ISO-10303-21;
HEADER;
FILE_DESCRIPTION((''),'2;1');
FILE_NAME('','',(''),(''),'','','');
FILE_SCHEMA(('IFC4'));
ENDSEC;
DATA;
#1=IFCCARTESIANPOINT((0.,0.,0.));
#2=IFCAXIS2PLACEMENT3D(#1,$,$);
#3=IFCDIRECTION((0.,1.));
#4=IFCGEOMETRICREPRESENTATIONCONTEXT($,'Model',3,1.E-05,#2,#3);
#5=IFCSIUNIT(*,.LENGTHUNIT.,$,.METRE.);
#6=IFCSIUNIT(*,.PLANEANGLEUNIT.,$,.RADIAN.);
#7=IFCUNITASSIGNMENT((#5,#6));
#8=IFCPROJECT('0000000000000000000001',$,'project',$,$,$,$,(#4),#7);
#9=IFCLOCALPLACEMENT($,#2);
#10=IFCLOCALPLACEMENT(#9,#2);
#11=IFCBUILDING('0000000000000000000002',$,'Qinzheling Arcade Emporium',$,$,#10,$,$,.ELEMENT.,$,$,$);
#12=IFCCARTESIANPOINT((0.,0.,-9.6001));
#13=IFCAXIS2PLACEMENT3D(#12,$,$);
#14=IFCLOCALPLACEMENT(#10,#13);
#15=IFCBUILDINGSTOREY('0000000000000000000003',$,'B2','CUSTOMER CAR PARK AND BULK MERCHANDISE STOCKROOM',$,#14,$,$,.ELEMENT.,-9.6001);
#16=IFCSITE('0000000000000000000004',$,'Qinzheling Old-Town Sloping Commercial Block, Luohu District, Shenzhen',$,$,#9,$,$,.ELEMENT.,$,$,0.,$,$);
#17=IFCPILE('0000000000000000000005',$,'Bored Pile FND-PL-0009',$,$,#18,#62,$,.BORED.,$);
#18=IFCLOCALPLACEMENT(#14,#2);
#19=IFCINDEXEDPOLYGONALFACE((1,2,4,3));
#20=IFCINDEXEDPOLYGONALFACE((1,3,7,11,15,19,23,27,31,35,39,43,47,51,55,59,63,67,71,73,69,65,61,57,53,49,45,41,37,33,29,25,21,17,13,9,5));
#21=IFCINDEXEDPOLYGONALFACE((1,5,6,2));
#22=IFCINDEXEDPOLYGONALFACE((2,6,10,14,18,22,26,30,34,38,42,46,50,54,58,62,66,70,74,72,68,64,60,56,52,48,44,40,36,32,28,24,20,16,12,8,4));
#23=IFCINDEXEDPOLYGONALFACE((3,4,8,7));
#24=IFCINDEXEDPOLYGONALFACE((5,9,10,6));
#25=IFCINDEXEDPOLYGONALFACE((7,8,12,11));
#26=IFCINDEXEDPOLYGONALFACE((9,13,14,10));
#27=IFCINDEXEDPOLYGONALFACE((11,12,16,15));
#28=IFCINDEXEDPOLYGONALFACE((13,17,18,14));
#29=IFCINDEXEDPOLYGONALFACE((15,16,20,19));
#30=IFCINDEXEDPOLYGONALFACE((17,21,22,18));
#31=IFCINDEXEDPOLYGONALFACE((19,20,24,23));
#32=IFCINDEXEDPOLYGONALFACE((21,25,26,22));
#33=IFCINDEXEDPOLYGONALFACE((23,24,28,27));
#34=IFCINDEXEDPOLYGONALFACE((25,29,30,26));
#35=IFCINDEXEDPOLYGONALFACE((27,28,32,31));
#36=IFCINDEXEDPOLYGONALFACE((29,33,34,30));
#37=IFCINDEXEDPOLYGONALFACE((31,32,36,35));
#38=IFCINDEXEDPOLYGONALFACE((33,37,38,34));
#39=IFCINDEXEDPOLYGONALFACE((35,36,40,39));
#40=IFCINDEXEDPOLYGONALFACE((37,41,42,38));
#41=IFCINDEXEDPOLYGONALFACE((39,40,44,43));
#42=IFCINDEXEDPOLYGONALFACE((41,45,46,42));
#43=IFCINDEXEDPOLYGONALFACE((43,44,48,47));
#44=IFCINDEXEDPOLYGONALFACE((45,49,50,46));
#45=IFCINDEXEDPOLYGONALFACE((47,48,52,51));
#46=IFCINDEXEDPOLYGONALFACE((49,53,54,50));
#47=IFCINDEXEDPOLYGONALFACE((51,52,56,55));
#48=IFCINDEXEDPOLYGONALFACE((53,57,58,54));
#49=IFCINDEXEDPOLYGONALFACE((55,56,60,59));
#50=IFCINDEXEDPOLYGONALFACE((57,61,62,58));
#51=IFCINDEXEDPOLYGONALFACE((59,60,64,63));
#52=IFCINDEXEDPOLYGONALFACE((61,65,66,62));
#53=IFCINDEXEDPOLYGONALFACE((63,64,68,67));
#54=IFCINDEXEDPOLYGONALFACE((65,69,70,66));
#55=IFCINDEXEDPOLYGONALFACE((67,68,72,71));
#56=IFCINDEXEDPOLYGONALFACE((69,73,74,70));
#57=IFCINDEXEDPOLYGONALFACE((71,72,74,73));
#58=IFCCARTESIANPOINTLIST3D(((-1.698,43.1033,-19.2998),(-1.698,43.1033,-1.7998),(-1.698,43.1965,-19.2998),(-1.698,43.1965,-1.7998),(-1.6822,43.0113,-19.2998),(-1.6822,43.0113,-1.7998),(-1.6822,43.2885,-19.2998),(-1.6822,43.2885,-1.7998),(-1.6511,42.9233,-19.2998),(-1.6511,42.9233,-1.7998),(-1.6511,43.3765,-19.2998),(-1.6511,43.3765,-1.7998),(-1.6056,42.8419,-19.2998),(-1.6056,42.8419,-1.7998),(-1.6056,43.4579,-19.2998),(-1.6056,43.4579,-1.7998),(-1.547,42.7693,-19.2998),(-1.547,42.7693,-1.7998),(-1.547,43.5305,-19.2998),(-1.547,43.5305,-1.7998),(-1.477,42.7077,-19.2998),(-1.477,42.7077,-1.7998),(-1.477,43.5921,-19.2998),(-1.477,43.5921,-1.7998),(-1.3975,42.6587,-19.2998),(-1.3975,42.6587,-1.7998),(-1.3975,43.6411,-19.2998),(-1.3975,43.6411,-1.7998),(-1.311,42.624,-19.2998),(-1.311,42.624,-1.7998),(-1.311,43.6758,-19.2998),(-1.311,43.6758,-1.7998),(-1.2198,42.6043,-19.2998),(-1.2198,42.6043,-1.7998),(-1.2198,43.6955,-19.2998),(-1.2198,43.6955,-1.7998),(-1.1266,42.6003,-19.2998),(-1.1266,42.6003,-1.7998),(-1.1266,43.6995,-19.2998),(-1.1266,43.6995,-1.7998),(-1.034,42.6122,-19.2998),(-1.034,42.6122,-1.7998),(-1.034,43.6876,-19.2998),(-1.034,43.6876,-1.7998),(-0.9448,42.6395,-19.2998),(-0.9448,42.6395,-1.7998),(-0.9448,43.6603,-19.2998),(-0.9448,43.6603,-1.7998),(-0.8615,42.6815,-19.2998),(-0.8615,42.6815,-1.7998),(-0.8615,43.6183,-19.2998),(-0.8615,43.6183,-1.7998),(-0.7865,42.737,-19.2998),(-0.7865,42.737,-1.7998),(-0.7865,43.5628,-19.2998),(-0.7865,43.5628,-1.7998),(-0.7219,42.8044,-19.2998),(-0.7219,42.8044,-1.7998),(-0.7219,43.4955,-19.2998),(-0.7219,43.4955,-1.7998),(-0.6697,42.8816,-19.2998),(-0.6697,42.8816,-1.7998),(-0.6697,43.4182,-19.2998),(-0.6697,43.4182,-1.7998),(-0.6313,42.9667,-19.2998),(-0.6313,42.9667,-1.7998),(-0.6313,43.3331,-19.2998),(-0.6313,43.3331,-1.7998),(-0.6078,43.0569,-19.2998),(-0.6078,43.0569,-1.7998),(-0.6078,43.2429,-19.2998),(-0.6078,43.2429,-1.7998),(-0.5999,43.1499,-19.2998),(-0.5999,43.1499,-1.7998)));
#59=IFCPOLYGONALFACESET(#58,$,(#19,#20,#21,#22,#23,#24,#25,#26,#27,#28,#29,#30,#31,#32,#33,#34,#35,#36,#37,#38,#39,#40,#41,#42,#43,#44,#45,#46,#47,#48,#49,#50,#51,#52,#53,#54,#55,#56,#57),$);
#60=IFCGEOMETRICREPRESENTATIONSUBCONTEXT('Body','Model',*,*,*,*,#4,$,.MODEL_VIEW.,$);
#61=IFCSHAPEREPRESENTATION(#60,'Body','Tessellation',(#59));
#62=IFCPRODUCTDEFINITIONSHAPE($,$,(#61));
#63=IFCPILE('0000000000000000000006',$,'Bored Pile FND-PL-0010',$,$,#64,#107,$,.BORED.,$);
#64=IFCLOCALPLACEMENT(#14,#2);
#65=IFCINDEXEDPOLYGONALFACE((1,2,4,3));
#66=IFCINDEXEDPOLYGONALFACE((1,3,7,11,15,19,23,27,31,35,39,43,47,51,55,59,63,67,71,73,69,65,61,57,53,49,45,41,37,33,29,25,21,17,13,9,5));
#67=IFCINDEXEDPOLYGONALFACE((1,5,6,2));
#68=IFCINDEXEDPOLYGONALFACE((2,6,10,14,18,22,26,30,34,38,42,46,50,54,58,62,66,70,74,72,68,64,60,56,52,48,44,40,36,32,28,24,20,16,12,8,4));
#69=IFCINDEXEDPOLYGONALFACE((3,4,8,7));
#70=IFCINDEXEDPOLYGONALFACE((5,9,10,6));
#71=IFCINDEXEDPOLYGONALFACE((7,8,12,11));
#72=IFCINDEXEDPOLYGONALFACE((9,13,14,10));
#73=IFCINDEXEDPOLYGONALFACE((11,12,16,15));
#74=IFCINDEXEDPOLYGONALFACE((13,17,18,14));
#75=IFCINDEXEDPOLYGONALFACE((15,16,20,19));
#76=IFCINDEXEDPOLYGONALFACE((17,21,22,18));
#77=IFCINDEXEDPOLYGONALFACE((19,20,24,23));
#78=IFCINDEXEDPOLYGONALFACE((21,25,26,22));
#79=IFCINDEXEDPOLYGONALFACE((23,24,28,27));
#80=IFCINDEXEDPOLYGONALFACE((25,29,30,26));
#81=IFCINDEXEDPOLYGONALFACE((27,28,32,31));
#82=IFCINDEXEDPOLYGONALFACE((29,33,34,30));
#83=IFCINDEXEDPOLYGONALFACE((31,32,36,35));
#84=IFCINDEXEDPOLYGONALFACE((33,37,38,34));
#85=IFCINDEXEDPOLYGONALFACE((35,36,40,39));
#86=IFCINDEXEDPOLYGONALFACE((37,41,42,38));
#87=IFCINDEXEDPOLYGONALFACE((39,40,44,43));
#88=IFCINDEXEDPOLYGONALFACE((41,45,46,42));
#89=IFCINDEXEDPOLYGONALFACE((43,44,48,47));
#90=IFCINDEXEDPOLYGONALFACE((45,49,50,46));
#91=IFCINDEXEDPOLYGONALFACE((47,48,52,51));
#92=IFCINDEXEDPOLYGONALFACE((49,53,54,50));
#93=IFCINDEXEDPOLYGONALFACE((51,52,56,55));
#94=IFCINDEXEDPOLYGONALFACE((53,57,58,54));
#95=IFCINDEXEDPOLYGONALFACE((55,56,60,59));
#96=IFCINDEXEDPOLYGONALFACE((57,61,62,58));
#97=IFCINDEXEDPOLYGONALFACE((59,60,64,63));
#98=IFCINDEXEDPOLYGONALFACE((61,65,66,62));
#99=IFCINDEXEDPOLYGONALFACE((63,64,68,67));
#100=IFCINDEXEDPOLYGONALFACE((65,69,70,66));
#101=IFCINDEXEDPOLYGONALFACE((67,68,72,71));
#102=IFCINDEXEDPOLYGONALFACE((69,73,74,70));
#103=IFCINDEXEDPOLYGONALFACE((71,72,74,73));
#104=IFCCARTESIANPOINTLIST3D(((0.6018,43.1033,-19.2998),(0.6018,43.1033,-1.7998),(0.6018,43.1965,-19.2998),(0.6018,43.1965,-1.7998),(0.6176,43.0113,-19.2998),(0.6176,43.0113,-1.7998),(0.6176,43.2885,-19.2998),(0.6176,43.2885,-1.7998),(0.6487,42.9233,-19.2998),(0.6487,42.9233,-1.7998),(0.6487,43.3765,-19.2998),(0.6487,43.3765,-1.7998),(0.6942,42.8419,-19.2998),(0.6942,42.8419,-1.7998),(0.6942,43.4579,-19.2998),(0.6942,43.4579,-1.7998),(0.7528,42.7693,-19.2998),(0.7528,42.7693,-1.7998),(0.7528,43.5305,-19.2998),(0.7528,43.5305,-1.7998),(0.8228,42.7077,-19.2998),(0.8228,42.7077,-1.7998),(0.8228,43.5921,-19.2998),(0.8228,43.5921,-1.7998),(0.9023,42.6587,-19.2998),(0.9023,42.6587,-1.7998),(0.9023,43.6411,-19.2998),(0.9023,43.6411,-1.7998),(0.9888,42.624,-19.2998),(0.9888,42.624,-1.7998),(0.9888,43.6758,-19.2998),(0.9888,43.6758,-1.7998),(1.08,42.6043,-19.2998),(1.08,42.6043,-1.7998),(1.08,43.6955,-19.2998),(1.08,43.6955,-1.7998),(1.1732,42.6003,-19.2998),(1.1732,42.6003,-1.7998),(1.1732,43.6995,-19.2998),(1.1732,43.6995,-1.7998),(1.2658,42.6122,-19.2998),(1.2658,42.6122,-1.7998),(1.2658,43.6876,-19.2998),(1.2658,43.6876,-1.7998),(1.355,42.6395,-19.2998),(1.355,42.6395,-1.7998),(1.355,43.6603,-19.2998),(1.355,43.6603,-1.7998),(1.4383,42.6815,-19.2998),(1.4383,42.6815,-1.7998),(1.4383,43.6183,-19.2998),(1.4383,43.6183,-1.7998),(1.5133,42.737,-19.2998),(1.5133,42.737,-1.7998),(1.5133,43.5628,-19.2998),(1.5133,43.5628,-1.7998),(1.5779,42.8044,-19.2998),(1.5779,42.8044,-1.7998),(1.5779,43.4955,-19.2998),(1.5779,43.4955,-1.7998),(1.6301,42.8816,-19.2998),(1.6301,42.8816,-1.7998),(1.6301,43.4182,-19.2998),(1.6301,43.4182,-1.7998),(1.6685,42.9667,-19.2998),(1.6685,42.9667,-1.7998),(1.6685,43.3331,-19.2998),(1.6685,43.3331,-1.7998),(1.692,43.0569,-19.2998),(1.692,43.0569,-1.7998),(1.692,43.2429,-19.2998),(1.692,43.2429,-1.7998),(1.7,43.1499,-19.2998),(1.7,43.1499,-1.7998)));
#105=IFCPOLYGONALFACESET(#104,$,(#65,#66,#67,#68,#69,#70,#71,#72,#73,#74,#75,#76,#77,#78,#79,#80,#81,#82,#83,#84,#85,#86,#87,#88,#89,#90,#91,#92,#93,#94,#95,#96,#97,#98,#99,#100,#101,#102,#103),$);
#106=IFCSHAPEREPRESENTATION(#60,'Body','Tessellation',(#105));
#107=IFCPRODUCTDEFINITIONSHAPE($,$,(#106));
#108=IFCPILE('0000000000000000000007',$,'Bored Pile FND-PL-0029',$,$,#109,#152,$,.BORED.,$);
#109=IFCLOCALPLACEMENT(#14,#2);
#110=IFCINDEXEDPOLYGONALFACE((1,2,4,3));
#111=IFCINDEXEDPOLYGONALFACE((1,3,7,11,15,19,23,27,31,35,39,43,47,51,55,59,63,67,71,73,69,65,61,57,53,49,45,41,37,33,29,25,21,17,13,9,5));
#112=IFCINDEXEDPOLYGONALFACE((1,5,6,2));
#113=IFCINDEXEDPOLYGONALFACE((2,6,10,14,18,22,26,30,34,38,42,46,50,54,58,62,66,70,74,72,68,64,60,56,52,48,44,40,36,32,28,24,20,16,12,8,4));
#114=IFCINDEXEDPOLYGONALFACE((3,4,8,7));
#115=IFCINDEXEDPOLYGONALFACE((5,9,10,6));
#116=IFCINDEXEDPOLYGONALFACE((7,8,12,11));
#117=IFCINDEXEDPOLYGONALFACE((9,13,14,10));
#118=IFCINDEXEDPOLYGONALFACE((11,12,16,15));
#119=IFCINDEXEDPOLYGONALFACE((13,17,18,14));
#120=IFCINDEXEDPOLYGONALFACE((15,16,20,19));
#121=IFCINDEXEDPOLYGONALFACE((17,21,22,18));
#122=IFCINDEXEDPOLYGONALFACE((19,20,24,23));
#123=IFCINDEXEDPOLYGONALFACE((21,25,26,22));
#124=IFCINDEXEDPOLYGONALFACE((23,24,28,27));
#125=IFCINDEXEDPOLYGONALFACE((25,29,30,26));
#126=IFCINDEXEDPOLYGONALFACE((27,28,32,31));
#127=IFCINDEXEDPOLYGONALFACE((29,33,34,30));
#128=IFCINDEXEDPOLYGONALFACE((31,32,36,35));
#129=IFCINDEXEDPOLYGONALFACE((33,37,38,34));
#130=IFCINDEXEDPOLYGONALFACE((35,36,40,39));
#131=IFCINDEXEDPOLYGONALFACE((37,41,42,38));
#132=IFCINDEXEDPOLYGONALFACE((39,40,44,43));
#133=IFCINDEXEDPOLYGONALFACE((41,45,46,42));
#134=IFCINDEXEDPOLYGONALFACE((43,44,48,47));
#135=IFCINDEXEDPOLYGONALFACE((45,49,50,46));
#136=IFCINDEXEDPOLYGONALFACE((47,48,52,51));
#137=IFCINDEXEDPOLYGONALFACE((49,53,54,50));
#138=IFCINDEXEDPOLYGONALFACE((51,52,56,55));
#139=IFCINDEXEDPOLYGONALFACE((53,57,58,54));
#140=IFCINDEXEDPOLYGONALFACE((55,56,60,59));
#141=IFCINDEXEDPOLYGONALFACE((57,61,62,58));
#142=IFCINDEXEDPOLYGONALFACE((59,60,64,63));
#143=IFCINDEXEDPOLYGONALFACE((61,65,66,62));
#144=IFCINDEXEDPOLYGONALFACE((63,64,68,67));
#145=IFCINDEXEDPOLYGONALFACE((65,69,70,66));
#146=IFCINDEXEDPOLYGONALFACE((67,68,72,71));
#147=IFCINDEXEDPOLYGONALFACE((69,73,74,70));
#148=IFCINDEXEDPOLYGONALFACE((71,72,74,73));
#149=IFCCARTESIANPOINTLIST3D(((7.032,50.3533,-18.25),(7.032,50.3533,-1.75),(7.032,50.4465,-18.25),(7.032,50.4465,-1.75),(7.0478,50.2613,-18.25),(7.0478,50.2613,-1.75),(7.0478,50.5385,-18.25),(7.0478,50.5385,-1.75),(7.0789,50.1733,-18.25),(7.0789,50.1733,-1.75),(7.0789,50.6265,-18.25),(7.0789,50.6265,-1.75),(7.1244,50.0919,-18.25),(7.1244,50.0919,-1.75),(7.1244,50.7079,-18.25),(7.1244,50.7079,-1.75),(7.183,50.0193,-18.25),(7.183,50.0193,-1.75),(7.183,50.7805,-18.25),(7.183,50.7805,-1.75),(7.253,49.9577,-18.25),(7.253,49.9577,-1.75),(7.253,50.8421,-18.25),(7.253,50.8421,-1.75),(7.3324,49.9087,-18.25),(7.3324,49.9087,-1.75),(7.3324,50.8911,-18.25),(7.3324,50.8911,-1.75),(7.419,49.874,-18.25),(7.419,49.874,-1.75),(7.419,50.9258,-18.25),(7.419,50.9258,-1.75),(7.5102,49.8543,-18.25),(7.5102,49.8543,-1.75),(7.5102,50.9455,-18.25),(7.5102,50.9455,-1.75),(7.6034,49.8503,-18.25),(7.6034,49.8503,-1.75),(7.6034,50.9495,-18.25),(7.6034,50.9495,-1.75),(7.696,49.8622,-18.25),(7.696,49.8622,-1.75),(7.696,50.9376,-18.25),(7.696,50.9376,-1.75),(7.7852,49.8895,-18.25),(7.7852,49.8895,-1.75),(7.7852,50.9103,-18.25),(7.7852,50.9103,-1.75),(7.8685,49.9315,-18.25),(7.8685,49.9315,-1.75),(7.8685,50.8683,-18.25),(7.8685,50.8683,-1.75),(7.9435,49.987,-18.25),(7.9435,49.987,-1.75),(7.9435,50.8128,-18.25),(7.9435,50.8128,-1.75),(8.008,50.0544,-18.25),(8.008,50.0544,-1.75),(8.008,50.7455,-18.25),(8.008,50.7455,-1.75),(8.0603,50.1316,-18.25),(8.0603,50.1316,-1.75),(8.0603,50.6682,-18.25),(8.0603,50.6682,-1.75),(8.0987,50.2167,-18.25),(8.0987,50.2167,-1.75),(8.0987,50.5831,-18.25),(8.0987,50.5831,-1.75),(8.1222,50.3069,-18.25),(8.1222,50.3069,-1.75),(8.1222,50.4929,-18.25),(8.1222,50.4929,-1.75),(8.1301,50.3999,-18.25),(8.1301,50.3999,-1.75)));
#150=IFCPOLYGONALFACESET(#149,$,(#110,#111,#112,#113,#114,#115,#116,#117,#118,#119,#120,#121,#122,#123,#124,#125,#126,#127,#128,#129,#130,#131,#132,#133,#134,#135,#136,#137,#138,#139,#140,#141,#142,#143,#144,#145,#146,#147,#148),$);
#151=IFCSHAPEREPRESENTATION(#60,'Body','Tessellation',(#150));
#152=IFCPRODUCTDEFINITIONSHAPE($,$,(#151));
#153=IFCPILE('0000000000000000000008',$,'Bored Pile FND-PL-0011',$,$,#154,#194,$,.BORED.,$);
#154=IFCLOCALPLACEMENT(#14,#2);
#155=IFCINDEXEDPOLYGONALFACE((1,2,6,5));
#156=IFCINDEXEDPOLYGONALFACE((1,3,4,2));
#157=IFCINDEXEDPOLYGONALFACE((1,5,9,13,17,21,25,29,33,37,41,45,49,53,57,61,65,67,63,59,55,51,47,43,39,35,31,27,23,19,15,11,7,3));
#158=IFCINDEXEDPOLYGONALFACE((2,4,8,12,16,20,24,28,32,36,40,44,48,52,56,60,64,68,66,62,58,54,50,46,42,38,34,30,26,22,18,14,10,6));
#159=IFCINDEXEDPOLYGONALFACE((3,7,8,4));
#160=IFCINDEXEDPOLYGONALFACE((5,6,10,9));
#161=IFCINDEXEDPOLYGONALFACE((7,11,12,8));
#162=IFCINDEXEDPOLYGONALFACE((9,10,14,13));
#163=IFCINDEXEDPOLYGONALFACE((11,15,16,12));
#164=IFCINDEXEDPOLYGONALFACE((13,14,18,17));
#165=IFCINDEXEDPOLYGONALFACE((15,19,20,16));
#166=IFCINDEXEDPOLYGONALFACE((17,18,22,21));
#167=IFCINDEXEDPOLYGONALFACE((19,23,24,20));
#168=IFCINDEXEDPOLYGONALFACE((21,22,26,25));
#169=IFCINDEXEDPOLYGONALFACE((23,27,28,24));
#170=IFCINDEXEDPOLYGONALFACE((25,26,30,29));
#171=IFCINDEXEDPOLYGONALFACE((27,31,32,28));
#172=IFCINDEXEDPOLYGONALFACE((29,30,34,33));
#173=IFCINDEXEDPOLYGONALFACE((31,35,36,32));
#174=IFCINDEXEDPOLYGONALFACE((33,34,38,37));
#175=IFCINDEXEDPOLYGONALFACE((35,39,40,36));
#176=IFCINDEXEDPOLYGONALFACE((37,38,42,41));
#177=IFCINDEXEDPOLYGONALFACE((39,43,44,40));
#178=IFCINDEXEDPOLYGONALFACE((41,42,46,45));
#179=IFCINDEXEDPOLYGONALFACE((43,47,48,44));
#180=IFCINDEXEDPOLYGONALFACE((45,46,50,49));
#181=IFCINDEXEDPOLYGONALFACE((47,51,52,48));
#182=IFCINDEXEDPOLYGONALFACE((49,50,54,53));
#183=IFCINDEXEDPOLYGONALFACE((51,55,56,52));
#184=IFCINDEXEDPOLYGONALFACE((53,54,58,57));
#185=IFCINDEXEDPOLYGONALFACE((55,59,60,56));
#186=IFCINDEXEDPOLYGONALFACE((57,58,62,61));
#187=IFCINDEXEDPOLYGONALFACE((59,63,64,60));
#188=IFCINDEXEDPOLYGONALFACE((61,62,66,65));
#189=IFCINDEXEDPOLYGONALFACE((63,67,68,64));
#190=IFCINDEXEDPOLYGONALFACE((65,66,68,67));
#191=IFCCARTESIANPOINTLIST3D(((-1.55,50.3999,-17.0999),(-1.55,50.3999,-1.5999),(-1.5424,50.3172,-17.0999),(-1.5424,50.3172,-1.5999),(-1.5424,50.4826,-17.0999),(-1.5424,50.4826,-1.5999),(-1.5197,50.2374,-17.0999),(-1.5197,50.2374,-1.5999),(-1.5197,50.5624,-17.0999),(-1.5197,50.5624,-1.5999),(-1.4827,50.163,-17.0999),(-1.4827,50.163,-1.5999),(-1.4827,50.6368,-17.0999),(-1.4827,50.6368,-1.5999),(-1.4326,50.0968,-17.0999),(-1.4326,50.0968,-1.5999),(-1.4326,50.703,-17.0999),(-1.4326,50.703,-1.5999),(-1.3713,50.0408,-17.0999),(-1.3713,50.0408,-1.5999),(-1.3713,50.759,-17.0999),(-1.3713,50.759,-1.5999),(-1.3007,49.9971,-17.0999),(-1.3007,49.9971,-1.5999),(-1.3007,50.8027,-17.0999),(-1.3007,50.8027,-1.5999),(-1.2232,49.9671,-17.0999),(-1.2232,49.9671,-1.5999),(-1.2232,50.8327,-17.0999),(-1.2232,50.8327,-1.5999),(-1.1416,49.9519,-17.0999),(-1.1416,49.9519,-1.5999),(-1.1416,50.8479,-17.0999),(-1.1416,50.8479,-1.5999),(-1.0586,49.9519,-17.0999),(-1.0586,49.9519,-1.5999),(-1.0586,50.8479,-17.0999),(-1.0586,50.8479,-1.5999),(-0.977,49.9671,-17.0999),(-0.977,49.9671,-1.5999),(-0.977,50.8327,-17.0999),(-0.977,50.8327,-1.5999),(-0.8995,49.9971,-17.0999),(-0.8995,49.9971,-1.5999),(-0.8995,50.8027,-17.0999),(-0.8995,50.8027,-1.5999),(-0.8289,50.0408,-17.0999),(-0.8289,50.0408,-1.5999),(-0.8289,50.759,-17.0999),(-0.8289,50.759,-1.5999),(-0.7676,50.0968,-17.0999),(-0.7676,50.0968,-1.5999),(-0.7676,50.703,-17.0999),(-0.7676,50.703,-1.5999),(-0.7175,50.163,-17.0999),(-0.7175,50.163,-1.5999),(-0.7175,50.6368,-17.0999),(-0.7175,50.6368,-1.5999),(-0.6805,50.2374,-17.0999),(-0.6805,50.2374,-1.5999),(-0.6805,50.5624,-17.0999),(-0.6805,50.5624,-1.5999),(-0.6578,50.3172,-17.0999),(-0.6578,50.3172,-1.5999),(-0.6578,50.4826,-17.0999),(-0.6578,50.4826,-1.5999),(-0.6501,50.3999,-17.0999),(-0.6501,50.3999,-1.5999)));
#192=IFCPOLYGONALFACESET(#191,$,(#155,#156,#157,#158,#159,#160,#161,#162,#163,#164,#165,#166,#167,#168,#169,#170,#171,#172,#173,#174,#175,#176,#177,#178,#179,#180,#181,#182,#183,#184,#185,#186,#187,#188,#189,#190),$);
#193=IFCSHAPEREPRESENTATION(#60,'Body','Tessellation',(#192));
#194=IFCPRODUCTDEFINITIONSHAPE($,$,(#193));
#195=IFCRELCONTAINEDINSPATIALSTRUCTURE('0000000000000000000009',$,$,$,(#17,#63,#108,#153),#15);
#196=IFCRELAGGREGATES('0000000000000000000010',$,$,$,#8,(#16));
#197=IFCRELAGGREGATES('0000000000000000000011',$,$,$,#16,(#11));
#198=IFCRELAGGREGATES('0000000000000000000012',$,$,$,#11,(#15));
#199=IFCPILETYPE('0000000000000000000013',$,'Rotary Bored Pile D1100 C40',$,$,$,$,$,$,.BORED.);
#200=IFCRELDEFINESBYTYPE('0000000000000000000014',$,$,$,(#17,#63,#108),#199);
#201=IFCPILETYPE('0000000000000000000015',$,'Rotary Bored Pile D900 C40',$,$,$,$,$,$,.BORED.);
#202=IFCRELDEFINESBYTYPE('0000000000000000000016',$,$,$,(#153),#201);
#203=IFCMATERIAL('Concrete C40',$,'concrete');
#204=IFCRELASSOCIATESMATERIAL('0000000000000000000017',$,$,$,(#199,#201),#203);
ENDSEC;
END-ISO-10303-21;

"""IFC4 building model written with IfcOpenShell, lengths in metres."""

from ifc_helpers import new_model, si_unit, direction, frame, origin, origin_2d, place, context, subcontext, project, spatial, circle, extrude, material, material_profile, profile_set, type_object, element, save


model = new_model("IFC4")

# Units and contexts
model_context = context("Model", 3, precision=1e-05, world=origin(), true_north=direction((0.0, 1.0)))
body_context = subcontext(model_context, "Body", "Model", "MODEL_VIEW")
ifc_project = project(units=[si_unit("LENGTHUNIT", "METRE"), si_unit("PLANEANGLEUNIT", "RADIAN")], contexts=[model_context])

# Site, building, storey
site_placement = place(None, origin())
site = spatial("IfcSite", under=ifc_project, at=site_placement, Name="Qinzheling Old-Town Sloping Commercial Block, Luohu District, Shenzhen", CompositionType="ELEMENT", RefElevation=0.0)
building_placement = place(site_placement, origin())
building = spatial("IfcBuilding", under=site, at=building_placement, Name="Qinzheling Arcade Emporium", CompositionType="ELEMENT")
storey_placement = place(building_placement, frame((0.0, 0.0, -9.6001)))
storey = spatial("IfcBuildingStorey", under=building, at=storey_placement, Name="B2", Description="CUSTOMER CAR PARK AND BULK MERCHANDISE STOCKROOM", CompositionType="ELEMENT", Elevation=-9.6001)

# Shared definitions
ifc_material_1 = material(Name="Concrete C40", Category="concrete")

# Piles
ifc_material_profile_1 = material_profile(ifc_material_1, circle(Radius=0.55, at=origin_2d()), Name="BORED D1100", Category="concrete")
ifc_profile_set_1 = profile_set([ifc_material_profile_1], Name="Concrete C40")
pile_type_1 = type_object("IfcPileType", Name="Rotary Bored Pile D1100 C40", PredefinedType="BORED", material=ifc_profile_set_1)
for number, where, z_axis, x_axis, name in (
    (1, (-1.1499, 43.1499, -1.7998), (0.0, 0.0, -1.0), (1.0, 0.0, 0.0), "Bored Pile FND-PL-0009"),
    (2, (1.1499, 43.1499, -1.7998), (0.0, 0.0, -1.0), (1.0, 0.0, 0.0), "Bored Pile FND-PL-0010"),
):
    element("IfcPile", number, at=place(storey_placement, frame(where, z_axis=z_axis, x_axis=x_axis)), inside=storey, type_object=pile_type_1, Name=name, PredefinedType="BORED", context=body_context, shape_type="SweptSolid", body=[
        extrude(circle(Radius=0.55, at=origin_2d()), origin(), (0.0, 0.0, 1.0), 17.5),
    ])
pile_placement = place(storey_placement, frame((7.5801, 50.3999, -1.75), z_axis=(0.0, 0.0, -1.0), x_axis=(1.0, 0.0, 0.0)))
element("IfcPile", 3, at=pile_placement, inside=storey, type_object=pile_type_1, Name="Bored Pile FND-PL-0029", PredefinedType="BORED", context=body_context, shape_type="SweptSolid", body=[
    extrude(circle(Radius=0.55, at=origin_2d()), origin(), (0.0, 0.0, 1.0), 16.5),
])
ifc_material_profile_2 = material_profile(ifc_material_1, circle(Radius=0.45, at=origin_2d()), Name="BORED D900", Category="concrete")
ifc_profile_set_2 = profile_set([ifc_material_profile_2], Name="Concrete C40")
pile_type_2 = type_object("IfcPileType", Name="Rotary Bored Pile D900 C40", PredefinedType="BORED", material=ifc_profile_set_2)
for number, where, z_axis, x_axis, name in (
    (4, (-1.1001, 50.3999, -1.5999), (0.0, 0.0, -1.0), (1.0, 0.0, 0.0), "Bored Pile FND-PL-0011"),
):
    element("IfcPile", number, at=place(storey_placement, frame(where, z_axis=z_axis, x_axis=x_axis)), inside=storey, type_object=pile_type_2, Name=name, PredefinedType="BORED", context=body_context, shape_type="SweptSolid", body=[
        extrude(circle(Radius=0.45, at=origin_2d()), origin(), (0.0, 0.0, 1.0), 15.5),
    ])

save(model, "model.ifc")
